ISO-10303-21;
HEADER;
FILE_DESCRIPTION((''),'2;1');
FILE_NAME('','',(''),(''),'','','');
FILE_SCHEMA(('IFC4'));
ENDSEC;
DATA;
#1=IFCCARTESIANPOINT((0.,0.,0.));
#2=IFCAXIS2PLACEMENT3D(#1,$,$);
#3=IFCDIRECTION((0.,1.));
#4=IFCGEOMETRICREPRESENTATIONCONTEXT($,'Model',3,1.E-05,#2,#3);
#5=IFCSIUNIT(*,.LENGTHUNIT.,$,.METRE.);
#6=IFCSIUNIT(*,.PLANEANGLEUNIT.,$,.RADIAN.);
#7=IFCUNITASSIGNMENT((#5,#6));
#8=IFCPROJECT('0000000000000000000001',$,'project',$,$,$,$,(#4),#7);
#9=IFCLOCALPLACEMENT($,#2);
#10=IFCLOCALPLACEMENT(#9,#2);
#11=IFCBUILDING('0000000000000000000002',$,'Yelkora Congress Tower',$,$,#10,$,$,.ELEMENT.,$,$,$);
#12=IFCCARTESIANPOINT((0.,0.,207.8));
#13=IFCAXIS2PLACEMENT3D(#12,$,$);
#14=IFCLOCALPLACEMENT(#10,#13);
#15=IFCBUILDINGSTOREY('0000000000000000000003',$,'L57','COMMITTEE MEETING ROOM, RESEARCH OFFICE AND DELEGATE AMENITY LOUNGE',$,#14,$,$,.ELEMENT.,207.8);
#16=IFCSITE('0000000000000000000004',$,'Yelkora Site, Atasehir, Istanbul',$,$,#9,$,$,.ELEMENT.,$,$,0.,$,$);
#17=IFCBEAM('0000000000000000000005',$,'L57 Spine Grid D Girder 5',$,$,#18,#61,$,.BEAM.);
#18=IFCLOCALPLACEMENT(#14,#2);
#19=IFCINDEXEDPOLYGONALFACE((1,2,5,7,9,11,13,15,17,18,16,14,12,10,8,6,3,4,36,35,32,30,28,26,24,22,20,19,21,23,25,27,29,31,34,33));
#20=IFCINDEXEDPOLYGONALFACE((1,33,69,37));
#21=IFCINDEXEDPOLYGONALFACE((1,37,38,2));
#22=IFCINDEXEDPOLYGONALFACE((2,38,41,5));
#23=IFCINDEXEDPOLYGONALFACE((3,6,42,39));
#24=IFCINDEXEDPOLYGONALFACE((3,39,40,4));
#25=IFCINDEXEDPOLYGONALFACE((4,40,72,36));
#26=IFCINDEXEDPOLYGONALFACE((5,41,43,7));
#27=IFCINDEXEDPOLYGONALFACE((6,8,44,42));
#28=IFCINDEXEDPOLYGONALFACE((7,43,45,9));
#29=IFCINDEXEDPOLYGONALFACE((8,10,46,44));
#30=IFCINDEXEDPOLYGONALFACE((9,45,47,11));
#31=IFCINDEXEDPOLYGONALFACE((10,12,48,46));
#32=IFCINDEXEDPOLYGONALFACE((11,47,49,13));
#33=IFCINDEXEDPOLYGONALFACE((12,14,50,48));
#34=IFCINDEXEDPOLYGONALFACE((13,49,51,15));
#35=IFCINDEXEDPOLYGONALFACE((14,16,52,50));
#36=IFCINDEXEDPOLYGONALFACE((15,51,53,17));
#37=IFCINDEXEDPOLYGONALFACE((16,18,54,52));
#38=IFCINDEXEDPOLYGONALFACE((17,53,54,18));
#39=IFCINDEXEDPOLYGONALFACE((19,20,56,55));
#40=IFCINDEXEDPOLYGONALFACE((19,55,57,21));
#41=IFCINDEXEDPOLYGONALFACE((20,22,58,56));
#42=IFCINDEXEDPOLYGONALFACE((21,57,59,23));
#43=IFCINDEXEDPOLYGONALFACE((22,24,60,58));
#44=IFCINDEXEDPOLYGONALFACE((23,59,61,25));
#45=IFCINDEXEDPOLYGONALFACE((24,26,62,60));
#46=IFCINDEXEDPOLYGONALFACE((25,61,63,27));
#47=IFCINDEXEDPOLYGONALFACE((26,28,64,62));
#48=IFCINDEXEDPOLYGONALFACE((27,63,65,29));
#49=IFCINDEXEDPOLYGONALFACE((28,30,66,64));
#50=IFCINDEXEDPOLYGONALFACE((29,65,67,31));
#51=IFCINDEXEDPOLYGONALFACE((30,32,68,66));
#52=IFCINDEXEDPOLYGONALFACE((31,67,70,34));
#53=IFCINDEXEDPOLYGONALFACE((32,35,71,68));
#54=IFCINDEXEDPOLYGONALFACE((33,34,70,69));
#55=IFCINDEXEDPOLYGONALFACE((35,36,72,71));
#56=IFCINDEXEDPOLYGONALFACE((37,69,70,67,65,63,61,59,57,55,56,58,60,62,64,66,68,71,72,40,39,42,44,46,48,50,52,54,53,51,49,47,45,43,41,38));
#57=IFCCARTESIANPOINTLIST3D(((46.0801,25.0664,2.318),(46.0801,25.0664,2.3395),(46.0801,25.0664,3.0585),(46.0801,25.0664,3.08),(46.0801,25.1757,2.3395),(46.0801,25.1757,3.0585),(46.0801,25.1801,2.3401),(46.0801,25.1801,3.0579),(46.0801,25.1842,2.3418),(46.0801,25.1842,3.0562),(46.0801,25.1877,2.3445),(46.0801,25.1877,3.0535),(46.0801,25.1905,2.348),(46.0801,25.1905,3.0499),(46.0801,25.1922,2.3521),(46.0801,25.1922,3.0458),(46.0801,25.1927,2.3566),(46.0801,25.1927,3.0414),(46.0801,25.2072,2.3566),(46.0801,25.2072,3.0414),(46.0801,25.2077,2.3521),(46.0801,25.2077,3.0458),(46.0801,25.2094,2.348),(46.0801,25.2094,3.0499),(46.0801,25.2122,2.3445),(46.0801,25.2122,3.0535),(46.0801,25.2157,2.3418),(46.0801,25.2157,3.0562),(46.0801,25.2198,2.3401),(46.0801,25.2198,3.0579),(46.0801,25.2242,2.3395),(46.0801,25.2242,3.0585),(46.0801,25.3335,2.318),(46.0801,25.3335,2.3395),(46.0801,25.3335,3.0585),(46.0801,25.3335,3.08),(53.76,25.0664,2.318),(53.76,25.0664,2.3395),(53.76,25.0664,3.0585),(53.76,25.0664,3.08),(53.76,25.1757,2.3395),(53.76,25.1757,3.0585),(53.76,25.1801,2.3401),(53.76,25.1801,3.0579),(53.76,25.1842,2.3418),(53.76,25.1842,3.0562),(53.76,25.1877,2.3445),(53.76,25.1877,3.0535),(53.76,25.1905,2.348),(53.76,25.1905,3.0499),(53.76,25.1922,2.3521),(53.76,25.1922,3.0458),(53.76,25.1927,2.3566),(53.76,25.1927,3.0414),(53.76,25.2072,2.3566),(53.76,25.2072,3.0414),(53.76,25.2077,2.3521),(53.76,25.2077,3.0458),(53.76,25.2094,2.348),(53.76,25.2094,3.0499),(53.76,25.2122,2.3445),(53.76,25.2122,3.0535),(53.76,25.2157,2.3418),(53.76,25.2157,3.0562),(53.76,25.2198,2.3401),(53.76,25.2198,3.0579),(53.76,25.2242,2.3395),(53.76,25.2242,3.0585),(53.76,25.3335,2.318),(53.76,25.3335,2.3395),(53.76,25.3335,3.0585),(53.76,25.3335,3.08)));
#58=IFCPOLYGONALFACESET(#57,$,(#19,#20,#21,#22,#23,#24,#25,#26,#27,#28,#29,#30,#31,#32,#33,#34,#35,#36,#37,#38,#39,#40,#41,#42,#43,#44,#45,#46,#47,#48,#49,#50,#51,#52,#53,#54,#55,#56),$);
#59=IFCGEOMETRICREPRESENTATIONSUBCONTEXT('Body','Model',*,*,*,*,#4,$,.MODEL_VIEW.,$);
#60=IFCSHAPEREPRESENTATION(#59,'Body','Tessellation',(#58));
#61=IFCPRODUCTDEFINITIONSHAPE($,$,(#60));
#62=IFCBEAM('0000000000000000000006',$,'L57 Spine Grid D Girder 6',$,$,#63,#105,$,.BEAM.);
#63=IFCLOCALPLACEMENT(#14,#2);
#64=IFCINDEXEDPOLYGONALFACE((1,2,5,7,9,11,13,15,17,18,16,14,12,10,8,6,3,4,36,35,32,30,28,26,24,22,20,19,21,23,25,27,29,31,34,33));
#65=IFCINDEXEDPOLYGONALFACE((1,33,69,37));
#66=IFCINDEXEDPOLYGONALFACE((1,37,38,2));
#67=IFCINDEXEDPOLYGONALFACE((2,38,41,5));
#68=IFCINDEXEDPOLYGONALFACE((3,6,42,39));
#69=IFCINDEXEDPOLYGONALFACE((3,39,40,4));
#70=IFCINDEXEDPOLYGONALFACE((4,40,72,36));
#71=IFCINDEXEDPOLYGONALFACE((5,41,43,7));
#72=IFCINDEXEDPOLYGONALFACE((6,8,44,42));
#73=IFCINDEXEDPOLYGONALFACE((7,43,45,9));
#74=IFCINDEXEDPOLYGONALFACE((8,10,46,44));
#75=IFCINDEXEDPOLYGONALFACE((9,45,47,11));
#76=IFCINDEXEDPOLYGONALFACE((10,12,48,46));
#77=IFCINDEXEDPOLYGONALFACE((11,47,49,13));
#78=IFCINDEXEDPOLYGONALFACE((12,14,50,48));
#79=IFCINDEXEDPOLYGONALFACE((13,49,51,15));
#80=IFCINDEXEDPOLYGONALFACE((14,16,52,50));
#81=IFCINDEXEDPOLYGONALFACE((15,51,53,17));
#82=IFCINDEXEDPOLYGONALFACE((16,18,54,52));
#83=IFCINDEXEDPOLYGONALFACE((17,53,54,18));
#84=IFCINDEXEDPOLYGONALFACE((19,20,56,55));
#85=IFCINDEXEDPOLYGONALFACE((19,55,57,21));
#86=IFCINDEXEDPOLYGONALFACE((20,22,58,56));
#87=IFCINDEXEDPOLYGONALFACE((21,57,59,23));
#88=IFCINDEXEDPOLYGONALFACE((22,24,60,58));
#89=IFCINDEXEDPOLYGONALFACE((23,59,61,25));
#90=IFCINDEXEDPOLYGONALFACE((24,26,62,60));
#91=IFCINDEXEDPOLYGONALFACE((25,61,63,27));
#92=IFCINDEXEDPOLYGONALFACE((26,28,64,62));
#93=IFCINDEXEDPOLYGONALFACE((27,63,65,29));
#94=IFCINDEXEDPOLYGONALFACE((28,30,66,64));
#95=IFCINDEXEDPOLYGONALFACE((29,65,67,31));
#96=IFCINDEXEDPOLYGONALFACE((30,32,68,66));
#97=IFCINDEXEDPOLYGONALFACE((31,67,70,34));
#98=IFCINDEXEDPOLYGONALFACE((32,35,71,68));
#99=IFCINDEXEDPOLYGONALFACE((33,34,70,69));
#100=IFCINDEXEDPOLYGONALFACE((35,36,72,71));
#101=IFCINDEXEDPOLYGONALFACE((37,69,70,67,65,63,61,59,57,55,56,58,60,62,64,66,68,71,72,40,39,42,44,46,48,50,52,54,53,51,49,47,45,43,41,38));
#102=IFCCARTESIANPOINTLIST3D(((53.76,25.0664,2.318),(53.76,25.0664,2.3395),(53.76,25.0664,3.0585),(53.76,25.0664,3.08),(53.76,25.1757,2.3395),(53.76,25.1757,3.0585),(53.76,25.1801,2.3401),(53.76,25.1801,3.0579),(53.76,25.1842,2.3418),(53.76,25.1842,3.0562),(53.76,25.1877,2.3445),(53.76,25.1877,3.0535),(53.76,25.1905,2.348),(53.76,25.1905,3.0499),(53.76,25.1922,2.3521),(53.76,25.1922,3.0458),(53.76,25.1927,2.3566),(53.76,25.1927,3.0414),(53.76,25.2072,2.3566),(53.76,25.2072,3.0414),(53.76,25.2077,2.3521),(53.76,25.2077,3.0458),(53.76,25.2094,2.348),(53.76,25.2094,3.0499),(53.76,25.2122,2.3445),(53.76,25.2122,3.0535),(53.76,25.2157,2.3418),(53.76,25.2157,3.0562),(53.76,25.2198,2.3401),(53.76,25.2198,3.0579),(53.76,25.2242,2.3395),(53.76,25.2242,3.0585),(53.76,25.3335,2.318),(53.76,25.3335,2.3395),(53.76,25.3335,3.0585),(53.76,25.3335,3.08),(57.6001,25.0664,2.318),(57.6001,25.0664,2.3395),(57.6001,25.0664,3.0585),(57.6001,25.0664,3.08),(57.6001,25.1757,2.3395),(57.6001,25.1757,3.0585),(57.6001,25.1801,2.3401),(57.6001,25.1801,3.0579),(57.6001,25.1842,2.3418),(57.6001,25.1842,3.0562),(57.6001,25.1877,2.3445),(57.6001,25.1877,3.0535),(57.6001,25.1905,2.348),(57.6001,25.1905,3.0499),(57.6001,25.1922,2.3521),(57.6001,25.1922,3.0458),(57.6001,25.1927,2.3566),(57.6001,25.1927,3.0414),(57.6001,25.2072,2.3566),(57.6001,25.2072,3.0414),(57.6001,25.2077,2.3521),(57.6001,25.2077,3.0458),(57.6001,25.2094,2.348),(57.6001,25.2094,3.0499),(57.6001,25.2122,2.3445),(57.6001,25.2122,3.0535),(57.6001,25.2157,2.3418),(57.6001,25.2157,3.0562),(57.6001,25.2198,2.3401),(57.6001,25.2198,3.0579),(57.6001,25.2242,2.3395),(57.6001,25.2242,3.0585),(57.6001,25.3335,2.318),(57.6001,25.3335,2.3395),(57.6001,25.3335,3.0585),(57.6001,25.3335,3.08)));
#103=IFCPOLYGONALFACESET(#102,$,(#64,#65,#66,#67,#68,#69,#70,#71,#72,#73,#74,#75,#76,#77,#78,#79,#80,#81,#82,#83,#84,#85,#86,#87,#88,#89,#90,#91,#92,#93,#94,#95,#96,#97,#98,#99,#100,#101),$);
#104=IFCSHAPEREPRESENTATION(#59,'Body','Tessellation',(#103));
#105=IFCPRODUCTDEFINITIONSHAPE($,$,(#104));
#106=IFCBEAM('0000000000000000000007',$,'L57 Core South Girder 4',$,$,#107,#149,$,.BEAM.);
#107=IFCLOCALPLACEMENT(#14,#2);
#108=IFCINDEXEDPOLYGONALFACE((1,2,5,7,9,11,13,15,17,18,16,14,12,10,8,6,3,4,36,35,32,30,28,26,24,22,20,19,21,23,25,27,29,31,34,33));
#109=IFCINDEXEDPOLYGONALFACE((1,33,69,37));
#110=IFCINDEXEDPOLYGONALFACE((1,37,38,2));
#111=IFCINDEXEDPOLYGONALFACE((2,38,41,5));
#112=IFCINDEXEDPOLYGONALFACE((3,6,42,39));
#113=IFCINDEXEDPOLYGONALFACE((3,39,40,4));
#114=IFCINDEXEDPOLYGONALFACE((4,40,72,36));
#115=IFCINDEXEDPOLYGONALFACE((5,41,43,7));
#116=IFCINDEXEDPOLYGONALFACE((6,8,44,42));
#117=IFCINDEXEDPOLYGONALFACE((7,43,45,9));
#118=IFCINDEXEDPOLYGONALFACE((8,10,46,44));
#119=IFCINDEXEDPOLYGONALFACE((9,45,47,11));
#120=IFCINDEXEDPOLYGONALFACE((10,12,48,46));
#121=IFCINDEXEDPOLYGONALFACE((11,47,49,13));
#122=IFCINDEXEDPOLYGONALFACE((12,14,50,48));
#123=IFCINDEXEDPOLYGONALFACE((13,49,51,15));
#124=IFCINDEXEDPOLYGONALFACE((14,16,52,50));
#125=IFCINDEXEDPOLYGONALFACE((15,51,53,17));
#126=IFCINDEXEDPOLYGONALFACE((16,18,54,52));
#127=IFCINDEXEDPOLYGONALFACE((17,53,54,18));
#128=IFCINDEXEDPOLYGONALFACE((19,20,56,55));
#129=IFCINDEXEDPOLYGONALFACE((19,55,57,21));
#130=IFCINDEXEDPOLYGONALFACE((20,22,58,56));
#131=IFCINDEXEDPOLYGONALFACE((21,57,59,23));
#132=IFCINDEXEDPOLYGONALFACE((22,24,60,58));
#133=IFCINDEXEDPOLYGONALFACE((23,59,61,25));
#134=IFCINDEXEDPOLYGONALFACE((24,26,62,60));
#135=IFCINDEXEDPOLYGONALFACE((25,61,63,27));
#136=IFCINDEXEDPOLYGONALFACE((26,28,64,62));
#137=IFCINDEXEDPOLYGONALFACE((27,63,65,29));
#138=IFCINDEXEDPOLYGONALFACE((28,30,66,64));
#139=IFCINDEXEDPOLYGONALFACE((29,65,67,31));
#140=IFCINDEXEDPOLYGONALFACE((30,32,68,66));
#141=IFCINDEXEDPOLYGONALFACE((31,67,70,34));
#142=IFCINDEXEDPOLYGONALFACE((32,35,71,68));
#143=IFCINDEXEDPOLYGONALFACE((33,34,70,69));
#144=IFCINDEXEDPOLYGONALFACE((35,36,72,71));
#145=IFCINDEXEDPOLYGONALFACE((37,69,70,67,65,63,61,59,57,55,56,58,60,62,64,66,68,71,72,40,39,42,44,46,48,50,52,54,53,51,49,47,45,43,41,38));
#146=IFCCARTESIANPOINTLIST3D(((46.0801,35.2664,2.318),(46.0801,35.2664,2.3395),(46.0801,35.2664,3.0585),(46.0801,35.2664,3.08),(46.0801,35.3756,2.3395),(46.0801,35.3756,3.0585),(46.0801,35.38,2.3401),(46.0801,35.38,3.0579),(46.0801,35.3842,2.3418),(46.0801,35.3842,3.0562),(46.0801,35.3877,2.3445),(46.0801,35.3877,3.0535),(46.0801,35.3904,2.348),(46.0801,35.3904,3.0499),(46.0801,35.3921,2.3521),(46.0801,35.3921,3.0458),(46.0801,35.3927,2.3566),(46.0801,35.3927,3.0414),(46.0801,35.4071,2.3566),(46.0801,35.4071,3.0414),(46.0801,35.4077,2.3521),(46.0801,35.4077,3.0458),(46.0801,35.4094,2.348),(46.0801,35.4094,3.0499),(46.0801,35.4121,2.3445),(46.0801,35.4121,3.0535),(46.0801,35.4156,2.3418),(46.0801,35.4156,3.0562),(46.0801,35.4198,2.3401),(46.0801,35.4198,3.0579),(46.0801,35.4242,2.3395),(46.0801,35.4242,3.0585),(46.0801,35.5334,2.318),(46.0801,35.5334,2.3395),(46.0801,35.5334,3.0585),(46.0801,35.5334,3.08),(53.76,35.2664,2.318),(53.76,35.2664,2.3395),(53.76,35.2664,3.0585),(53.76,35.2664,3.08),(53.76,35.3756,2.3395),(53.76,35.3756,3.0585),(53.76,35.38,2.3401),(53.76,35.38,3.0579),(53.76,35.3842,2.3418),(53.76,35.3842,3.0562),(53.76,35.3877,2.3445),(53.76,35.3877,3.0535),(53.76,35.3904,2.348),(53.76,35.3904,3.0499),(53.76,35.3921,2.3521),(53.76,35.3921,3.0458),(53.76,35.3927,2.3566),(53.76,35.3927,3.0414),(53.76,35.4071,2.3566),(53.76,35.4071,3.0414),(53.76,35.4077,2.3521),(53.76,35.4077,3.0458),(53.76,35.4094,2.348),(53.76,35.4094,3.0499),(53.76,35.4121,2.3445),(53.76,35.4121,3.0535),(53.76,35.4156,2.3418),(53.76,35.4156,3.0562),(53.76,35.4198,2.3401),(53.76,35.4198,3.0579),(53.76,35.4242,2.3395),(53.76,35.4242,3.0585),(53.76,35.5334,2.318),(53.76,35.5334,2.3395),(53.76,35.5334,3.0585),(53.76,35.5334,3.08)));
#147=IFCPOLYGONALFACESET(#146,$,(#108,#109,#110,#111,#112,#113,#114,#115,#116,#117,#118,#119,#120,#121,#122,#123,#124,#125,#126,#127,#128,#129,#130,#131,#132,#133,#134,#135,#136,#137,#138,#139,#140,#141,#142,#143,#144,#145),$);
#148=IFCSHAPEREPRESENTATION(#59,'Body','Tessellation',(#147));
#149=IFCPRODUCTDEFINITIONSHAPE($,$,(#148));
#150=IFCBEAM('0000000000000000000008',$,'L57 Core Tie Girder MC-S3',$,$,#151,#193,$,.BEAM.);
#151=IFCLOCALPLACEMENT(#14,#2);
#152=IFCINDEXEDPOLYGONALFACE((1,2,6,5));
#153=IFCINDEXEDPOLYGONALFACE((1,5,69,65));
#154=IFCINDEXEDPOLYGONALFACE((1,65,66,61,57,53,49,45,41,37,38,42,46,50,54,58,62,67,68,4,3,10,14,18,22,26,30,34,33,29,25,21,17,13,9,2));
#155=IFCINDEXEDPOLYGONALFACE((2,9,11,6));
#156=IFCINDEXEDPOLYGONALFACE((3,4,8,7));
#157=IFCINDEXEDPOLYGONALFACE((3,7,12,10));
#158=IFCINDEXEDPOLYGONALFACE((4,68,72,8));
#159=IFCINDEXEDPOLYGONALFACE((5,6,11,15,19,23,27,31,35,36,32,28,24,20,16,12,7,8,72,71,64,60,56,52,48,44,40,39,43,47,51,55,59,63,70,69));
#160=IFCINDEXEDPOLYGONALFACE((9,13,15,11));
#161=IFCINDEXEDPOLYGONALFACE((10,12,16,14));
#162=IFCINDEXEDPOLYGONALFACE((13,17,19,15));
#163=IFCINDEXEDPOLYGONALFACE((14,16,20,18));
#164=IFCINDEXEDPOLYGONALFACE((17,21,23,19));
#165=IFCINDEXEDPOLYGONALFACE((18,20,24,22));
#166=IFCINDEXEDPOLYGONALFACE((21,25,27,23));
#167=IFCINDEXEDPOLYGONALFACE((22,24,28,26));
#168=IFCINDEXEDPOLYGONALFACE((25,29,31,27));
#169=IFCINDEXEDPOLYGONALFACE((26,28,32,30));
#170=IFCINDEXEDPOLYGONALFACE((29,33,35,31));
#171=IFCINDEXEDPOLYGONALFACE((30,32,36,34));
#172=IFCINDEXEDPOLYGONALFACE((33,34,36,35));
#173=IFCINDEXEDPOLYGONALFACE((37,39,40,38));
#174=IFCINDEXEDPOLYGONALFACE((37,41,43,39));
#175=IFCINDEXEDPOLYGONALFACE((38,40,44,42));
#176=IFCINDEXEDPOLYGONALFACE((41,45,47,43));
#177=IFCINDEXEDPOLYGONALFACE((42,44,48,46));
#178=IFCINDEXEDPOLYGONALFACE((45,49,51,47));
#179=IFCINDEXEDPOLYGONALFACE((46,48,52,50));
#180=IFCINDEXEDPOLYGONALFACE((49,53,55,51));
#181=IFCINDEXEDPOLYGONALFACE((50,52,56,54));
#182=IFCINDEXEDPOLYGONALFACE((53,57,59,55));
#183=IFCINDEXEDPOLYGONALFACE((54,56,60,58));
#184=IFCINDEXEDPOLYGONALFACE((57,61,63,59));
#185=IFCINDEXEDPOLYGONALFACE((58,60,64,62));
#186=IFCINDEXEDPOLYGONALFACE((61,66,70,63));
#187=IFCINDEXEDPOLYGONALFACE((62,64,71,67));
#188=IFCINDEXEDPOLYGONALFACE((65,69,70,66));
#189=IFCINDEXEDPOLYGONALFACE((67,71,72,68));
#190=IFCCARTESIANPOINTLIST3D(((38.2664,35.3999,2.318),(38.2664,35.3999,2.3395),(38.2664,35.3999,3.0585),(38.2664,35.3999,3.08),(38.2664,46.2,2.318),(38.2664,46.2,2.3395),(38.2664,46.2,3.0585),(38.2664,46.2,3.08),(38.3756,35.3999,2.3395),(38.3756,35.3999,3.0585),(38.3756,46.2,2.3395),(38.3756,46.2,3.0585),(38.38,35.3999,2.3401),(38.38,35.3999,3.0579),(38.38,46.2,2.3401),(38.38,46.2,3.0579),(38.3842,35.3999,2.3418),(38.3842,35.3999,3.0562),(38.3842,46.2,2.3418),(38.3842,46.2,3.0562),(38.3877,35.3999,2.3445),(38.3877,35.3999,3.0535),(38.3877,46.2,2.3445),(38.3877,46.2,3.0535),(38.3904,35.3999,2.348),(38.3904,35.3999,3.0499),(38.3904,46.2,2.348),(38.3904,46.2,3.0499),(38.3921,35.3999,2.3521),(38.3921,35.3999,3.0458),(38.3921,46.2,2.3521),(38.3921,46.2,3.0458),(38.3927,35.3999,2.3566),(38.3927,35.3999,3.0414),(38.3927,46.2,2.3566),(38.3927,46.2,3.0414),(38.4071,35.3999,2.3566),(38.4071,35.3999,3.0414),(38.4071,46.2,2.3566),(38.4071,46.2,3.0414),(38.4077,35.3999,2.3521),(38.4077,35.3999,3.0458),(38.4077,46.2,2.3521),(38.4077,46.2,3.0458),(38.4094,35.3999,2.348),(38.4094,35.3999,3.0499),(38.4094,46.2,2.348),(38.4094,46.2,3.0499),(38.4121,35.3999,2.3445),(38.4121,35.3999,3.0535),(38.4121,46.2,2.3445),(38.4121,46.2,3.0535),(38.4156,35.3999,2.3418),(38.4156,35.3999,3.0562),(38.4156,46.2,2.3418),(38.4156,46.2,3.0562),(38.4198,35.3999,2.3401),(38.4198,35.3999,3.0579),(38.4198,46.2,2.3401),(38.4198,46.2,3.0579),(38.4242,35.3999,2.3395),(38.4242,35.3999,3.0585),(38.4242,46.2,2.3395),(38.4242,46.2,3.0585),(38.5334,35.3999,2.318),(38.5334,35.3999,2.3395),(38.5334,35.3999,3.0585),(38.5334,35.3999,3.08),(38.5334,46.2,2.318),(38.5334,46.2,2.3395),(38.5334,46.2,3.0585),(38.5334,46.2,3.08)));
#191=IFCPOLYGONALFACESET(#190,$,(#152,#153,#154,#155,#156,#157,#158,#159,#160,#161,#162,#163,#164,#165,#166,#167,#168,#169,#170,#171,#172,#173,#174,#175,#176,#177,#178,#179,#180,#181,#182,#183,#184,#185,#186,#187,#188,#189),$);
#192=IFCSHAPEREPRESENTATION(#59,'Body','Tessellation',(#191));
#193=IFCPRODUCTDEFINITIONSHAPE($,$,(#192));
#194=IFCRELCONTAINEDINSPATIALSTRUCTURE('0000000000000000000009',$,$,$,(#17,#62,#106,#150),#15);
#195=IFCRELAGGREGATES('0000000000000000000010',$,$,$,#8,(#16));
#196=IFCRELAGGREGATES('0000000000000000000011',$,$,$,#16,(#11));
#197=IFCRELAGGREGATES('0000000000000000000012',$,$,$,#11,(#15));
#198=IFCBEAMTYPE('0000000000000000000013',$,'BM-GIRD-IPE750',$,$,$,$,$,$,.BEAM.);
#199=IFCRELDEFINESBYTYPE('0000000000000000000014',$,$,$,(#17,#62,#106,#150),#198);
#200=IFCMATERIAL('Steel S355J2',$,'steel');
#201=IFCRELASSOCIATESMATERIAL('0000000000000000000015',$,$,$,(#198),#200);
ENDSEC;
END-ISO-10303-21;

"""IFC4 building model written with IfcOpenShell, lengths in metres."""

from ifc_helpers import new_model, si_unit, direction, frame, origin, origin_2d, place, context, subcontext, project, spatial, i_section, extrude, material, material_profile, profile_set, type_object, element, save


model = new_model("IFC4")

# Units and contexts
model_context = context("Model", 3, precision=1e-05, world=origin(), true_north=direction((0.0, 1.0)))
body_context = subcontext(model_context, "Body", "Model", "MODEL_VIEW")
ifc_project = project(units=[si_unit("LENGTHUNIT", "METRE"), si_unit("PLANEANGLEUNIT", "RADIAN")], contexts=[model_context])

# Site, building, storey
site_placement = place(None, origin())
site = spatial("IfcSite", under=ifc_project, at=site_placement, Name="Yelkora Site, Atasehir, Istanbul", CompositionType="ELEMENT", RefElevation=0.0)
building_placement = place(site_placement, origin())
building = spatial("IfcBuilding", under=site, at=building_placement, Name="Yelkora Congress Tower", CompositionType="ELEMENT")
storey_placement = place(building_placement, frame((0.0, 0.0, 207.8)))
storey = spatial("IfcBuildingStorey", under=building, at=storey_placement, Name="L57", Description="COMMITTEE MEETING ROOM, RESEARCH OFFICE AND DELEGATE AMENITY LOUNGE", CompositionType="ELEMENT", Elevation=207.8)

# Beams
ifc_material_1 = material(Name="Steel S355J2", Category="steel")
ifc_material_profile_1 = material_profile(ifc_material_1, i_section(OverallWidth=0.2671, OverallDepth=0.762, WebThickness=0.0144, FlangeThickness=0.0215, FilletRadius=0.0171, at=origin_2d()), Name="IPE 750x173")
ifc_profile_set_1 = profile_set([ifc_material_profile_1], Name="Steel S355J2")
beam_type_1 = type_object("IfcBeamType", Name="BM-GIRD-IPE750", PredefinedType="BEAM", material=ifc_profile_set_1)
beam_1_placement = place(storey_placement, frame((46.0801, 25.2, 2.699), z_axis=(1.0, 0.0, 0.0), x_axis=(0.0, 1.0, 0.0)))
element("IfcBeam", 1, at=beam_1_placement, inside=storey, type_object=beam_type_1, Name="L57 Spine Grid D Girder 5", PredefinedType="BEAM", context=body_context, shape_type="SweptSolid", body=[
    extrude(i_section(OverallWidth=0.2671, OverallDepth=0.762, WebThickness=0.0144, FlangeThickness=0.0215, FilletRadius=0.0171, at=origin_2d()), origin(), (0.0, 0.0, 1.0), 7.6799),
])
beam_2_placement = place(storey_placement, frame((53.76, 25.2, 2.699), z_axis=(1.0, 0.0, 0.0), x_axis=(0.0, 1.0, 0.0)))
element("IfcBeam", 2, at=beam_2_placement, inside=storey, type_object=beam_type_1, Name="L57 Spine Grid D Girder 6", PredefinedType="BEAM", context=body_context, shape_type="SweptSolid", body=[
    extrude(i_section(OverallWidth=0.2671, OverallDepth=0.762, WebThickness=0.0144, FlangeThickness=0.0215, FilletRadius=0.0171, at=origin_2d()), origin(), (0.0, 0.0, 1.0), 3.8401),
])
beam_3_placement = place(storey_placement, frame((46.0801, 35.3999, 2.699), z_axis=(1.0, 0.0, 0.0), x_axis=(0.0, 1.0, 0.0)))
element("IfcBeam", 3, at=beam_3_placement, inside=storey, type_object=beam_type_1, Name="L57 Core South Girder 4", PredefinedType="BEAM", context=body_context, shape_type="SweptSolid", body=[
    extrude(i_section(OverallWidth=0.2671, OverallDepth=0.762, WebThickness=0.0144, FlangeThickness=0.0215, FilletRadius=0.0171, at=origin_2d()), origin(), (0.0, 0.0, 1.0), 7.6799),
])
beam_4_placement = place(storey_placement, frame((38.3999, 35.3999, 2.699), z_axis=(0.0, 1.0, 0.0), x_axis=(-1.0, 0.0, 0.0)))
element("IfcBeam", 4, at=beam_4_placement, inside=storey, type_object=beam_type_1, Name="L57 Core Tie Girder MC-S3", PredefinedType="BEAM", context=body_context, shape_type="SweptSolid", body=[
    extrude(i_section(OverallWidth=0.2671, OverallDepth=0.762, WebThickness=0.0144, FlangeThickness=0.0215, FilletRadius=0.0171, at=origin_2d()), origin(), (0.0, 0.0, 1.0), 10.8),
])

save(model, "model.ifc")
